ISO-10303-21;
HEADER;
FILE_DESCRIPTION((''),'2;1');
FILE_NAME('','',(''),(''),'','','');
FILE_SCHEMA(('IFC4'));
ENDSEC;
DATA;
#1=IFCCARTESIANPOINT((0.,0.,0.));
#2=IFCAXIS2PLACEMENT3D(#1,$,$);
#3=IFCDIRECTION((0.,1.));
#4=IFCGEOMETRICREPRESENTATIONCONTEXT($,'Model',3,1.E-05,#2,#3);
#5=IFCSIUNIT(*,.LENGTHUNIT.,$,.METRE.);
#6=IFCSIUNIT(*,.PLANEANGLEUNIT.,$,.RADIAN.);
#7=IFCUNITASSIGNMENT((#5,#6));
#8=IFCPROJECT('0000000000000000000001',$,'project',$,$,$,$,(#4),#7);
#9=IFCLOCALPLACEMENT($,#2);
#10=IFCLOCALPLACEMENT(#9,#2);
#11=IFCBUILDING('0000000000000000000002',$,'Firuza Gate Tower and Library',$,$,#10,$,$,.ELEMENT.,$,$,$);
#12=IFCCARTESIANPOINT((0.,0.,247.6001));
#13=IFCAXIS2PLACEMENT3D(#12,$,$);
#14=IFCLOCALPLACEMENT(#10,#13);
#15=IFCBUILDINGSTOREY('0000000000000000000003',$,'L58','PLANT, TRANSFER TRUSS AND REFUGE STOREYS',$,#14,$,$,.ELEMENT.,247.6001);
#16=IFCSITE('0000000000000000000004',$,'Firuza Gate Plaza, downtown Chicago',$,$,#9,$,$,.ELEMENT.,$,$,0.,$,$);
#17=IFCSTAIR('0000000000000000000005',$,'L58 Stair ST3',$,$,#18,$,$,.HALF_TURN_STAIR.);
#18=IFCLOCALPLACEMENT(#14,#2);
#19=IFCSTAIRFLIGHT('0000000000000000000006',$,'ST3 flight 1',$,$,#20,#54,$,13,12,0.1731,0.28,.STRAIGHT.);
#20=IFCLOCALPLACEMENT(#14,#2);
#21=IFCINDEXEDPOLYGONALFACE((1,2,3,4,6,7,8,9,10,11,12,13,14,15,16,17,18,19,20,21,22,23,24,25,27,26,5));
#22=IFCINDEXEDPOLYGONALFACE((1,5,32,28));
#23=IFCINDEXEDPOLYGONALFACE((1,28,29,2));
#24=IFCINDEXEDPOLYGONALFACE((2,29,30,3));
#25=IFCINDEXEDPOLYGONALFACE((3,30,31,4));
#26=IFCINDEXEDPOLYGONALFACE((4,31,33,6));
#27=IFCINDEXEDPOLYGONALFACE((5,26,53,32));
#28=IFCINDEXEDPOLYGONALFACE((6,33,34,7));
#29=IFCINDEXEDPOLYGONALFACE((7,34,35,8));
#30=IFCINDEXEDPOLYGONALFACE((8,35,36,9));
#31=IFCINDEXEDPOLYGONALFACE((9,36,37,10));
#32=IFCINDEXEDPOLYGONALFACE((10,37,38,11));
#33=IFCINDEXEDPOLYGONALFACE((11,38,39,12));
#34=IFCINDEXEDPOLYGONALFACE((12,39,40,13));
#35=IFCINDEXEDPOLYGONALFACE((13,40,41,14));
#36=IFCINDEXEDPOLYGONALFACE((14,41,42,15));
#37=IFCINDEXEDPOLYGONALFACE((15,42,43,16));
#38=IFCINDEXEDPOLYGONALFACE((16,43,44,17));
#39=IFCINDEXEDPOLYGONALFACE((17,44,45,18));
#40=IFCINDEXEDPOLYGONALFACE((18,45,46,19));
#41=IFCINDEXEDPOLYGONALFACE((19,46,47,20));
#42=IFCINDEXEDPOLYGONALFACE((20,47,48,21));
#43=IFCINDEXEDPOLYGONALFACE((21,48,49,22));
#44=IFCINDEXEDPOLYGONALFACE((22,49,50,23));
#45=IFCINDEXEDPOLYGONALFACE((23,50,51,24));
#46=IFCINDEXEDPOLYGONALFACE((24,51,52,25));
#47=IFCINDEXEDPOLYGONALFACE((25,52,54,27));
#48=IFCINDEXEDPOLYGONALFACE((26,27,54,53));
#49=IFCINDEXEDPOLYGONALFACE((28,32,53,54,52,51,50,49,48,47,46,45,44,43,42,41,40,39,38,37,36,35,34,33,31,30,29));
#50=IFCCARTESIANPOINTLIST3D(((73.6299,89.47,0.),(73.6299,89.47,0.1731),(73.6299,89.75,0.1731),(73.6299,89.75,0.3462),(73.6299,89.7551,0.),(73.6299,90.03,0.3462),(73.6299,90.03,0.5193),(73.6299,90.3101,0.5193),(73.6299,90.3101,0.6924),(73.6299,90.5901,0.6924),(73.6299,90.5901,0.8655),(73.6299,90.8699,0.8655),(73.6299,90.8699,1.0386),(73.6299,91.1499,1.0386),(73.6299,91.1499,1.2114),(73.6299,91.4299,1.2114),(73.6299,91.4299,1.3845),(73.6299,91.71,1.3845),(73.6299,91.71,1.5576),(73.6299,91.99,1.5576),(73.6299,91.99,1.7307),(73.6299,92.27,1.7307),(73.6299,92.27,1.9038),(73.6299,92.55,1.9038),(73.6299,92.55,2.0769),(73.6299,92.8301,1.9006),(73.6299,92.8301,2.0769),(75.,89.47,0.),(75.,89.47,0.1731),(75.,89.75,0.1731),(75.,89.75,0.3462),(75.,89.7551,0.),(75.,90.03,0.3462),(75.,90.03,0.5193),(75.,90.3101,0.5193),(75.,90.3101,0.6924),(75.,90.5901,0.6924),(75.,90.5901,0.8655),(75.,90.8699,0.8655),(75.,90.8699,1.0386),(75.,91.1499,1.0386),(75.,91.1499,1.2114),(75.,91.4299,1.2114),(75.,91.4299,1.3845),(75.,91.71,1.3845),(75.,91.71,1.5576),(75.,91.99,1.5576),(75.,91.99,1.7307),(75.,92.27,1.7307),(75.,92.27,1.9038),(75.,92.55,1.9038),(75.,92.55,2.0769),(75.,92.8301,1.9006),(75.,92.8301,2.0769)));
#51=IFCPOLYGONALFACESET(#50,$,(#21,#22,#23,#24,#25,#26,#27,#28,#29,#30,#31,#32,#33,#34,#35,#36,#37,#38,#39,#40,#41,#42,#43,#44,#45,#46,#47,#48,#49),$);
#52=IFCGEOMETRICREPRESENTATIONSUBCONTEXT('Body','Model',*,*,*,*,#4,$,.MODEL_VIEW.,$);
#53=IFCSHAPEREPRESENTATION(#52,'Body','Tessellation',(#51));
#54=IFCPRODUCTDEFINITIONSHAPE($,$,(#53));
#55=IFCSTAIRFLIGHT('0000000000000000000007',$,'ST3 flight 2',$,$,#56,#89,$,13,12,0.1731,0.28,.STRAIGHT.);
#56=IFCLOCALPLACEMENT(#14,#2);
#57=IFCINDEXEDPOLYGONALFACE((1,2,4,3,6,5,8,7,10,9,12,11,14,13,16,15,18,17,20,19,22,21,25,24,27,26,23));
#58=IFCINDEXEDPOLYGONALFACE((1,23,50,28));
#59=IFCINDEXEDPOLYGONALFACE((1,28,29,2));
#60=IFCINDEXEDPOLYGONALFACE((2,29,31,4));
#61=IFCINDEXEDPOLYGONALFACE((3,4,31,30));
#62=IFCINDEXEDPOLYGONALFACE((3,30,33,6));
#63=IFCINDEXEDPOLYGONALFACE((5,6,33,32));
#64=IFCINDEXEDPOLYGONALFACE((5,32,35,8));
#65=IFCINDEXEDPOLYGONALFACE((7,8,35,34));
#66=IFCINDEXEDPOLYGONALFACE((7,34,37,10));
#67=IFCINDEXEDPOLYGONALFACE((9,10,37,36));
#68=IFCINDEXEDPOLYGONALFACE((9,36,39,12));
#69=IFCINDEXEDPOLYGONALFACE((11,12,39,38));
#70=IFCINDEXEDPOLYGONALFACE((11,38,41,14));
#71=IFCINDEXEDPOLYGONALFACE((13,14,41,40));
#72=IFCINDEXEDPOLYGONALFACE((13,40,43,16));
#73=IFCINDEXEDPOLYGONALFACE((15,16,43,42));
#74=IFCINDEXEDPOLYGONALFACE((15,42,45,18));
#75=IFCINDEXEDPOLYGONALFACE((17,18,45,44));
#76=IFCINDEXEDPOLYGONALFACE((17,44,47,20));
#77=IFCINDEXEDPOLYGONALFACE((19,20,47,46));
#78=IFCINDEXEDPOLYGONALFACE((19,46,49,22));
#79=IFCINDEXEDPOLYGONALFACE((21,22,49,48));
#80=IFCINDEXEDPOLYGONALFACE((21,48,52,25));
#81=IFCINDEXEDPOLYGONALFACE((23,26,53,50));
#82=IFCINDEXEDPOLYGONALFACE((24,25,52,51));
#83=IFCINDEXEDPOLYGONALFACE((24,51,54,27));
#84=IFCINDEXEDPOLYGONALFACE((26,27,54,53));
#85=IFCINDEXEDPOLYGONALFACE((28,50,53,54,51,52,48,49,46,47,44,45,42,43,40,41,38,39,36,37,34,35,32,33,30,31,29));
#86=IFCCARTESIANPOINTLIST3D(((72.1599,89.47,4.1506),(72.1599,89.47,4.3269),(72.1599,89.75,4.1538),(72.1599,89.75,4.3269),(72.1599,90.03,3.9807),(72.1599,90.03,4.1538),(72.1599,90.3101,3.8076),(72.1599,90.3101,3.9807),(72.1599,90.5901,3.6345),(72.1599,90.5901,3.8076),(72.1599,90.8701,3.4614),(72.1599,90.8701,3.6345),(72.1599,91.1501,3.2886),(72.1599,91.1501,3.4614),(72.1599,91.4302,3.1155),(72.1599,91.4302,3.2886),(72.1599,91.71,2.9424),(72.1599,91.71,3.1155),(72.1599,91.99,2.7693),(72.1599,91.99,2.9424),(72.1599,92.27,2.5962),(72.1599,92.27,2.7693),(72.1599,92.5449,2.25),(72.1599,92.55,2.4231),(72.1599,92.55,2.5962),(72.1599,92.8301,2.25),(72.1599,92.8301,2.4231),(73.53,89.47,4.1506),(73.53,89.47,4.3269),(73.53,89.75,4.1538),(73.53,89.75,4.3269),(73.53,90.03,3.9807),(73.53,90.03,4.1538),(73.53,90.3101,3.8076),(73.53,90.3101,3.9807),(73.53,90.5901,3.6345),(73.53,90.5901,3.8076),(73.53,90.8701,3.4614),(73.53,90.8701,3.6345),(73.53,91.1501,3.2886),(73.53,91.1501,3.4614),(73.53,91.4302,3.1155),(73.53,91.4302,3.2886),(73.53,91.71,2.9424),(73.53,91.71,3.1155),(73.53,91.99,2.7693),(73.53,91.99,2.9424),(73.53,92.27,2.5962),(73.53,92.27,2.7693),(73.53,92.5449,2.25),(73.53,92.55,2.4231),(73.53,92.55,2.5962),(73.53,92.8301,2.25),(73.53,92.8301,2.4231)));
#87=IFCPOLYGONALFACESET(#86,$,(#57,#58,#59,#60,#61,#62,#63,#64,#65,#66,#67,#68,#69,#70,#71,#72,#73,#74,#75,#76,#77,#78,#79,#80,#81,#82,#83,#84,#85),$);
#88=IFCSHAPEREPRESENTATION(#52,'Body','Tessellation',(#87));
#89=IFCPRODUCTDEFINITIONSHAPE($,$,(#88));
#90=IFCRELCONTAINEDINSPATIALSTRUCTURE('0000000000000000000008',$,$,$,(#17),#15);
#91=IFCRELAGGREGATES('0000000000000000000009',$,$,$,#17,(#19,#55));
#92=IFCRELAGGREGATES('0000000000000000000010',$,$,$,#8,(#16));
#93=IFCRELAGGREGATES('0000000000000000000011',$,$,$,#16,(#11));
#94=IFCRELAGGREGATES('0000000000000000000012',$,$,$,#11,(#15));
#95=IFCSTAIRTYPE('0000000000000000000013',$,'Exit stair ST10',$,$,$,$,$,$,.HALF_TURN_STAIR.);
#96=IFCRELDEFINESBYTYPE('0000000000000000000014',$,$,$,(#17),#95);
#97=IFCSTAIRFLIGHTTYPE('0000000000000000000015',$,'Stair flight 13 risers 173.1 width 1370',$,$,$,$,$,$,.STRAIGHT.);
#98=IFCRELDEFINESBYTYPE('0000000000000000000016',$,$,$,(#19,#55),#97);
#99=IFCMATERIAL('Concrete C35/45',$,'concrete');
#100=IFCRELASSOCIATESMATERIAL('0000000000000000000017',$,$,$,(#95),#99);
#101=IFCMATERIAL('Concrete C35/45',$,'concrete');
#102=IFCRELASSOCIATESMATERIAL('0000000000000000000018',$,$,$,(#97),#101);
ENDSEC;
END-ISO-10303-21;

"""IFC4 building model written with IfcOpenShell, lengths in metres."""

from ifc_helpers import new_model, si_unit, direction, frame, origin, place, context, subcontext, project, spatial, polyline, outline, extrude, material, type_object, element, aggregate, save


model = new_model("IFC4")

# Units and contexts
model_context = context("Model", 3, precision=1e-05, world=origin(), true_north=direction((0.0, 1.0)))
body_context = subcontext(model_context, "Body", "Model", "MODEL_VIEW")
ifc_project = project(units=[si_unit("LENGTHUNIT", "METRE"), si_unit("PLANEANGLEUNIT", "RADIAN")], contexts=[model_context])

# Site, building, storey
site_placement = place(None, origin())
site = spatial("IfcSite", under=ifc_project, at=site_placement, Name="Firuza Gate Plaza, downtown Chicago", CompositionType="ELEMENT", RefElevation=0.0)
building_placement = place(site_placement, origin())
building = spatial("IfcBuilding", under=site, at=building_placement, Name="Firuza Gate Tower and Library", CompositionType="ELEMENT")
storey_placement = place(building_placement, frame((0.0, 0.0, 247.6001)))
storey = spatial("IfcBuildingStorey", under=building, at=storey_placement, Name="L58", Description="PLANT, TRANSFER TRUSS AND REFUGE STOREYS", CompositionType="ELEMENT", Elevation=247.6001)

# Stair, stair flights
ifc_material_1 = material(Name="Concrete C35/45", Category="concrete")
stair_type = type_object("IfcStairType", Name="Exit stair ST10", PredefinedType="HALF_TURN_STAIR", material=ifc_material_1)
stair_placement = place(storey_placement, origin())
stair = element("IfcStair", 1, at=stair_placement, inside=storey, type_object=stair_type, Name="L58 Stair ST3", PredefinedType="HALF_TURN_STAIR")
ifc_material_2 = material(Name="Concrete C35/45", Category="concrete")
stair_flight_type = type_object("IfcStairFlightType", Name="Stair flight 13 risers 173.1 width 1370", PredefinedType="STRAIGHT", material=ifc_material_2)
stair_flight_1_placement = place(storey_placement, frame((74.3149, 89.47, 0.0), z_axis=(0.0, 0.0, 1.0), x_axis=(0.0, 1.0, 0.0)))
stair_flight_1 = element("IfcStairFlight", 2, at=stair_flight_1_placement, type_object=stair_flight_type, Name="ST3 flight 1", NumberOfRisers=13, NumberOfTreads=12, PredefinedType="STRAIGHT", RiserHeight=0.1731, TreadLength=0.28, context=body_context, shape_type="SweptSolid", body=[
    extrude(outline(polyline([(0.0, 0.0), (0.0, 0.1731), (0.28, 0.1731), (0.28, 0.3462), (0.5601, 0.3462), (0.5601, 0.5193), (0.8401, 0.5193), (0.8401, 0.6924), (1.1201, 0.6924), (1.1201, 0.8655), (1.3999, 0.8655), (1.3999, 1.0386), (1.6799, 1.0386), (1.6799, 1.2114), (1.96, 1.2114), (1.96, 1.3845), (2.24, 1.3845), (2.24, 1.5576), (2.52, 1.5576), (2.52, 1.7307), (2.8, 1.7307), (2.8, 1.9038), (3.0801, 1.9038), (3.0801, 2.0769), (3.3601, 2.0769), (3.3601, 2.25), (3.3601, 1.9006), (0.2852, 0.0), (0.0, 0.0)])), frame((0.0, 0.6851, 0.0), z_axis=(0.0, -1.0, 0.0), x_axis=(1.0, 0.0, 0.0)), (0.0, 0.0, 1.0), 1.3701),
])
stair_flight_2_placement = place(storey_placement, frame((72.845, 92.8301, 2.25), z_axis=(0.0, 0.0, 1.0), x_axis=(0.0, -1.0, 0.0)))
stair_flight_2 = element("IfcStairFlight", 3, at=stair_flight_2_placement, type_object=stair_flight_type, Name="ST3 flight 2", NumberOfRisers=13, NumberOfTreads=12, PredefinedType="STRAIGHT", RiserHeight=0.1731, TreadLength=0.28, context=body_context, shape_type="SweptSolid", body=[
    extrude(outline(polyline([(0.0, 0.0), (0.0, 0.1731), (0.28, 0.1731), (0.28, 0.3462), (0.5601, 0.3462), (0.5601, 0.5193), (0.8401, 0.5193), (0.8401, 0.6924), (1.1201, 0.6924), (1.1201, 0.8655), (1.3999, 0.8655), (1.3999, 1.0386), (1.6799, 1.0386), (1.6799, 1.2114), (1.96, 1.2114), (1.96, 1.3845), (2.24, 1.3845), (2.24, 1.5576), (2.52, 1.5576), (2.52, 1.7307), (2.8, 1.7307), (2.8, 1.9038), (3.0801, 1.9038), (3.0801, 2.0769), (3.3601, 2.0769), (3.3601, 2.25), (3.3601, 1.9006), (0.2852, 0.0), (0.0, 0.0)])), frame((0.0, 0.6851, 0.0), z_axis=(0.0, -1.0, 0.0), x_axis=(1.0, 0.0, 0.0)), (0.0, 0.0, 1.0), 1.3701),
])
aggregate(stair, [stair_flight_1, stair_flight_2])

save(model, "model.ifc")
